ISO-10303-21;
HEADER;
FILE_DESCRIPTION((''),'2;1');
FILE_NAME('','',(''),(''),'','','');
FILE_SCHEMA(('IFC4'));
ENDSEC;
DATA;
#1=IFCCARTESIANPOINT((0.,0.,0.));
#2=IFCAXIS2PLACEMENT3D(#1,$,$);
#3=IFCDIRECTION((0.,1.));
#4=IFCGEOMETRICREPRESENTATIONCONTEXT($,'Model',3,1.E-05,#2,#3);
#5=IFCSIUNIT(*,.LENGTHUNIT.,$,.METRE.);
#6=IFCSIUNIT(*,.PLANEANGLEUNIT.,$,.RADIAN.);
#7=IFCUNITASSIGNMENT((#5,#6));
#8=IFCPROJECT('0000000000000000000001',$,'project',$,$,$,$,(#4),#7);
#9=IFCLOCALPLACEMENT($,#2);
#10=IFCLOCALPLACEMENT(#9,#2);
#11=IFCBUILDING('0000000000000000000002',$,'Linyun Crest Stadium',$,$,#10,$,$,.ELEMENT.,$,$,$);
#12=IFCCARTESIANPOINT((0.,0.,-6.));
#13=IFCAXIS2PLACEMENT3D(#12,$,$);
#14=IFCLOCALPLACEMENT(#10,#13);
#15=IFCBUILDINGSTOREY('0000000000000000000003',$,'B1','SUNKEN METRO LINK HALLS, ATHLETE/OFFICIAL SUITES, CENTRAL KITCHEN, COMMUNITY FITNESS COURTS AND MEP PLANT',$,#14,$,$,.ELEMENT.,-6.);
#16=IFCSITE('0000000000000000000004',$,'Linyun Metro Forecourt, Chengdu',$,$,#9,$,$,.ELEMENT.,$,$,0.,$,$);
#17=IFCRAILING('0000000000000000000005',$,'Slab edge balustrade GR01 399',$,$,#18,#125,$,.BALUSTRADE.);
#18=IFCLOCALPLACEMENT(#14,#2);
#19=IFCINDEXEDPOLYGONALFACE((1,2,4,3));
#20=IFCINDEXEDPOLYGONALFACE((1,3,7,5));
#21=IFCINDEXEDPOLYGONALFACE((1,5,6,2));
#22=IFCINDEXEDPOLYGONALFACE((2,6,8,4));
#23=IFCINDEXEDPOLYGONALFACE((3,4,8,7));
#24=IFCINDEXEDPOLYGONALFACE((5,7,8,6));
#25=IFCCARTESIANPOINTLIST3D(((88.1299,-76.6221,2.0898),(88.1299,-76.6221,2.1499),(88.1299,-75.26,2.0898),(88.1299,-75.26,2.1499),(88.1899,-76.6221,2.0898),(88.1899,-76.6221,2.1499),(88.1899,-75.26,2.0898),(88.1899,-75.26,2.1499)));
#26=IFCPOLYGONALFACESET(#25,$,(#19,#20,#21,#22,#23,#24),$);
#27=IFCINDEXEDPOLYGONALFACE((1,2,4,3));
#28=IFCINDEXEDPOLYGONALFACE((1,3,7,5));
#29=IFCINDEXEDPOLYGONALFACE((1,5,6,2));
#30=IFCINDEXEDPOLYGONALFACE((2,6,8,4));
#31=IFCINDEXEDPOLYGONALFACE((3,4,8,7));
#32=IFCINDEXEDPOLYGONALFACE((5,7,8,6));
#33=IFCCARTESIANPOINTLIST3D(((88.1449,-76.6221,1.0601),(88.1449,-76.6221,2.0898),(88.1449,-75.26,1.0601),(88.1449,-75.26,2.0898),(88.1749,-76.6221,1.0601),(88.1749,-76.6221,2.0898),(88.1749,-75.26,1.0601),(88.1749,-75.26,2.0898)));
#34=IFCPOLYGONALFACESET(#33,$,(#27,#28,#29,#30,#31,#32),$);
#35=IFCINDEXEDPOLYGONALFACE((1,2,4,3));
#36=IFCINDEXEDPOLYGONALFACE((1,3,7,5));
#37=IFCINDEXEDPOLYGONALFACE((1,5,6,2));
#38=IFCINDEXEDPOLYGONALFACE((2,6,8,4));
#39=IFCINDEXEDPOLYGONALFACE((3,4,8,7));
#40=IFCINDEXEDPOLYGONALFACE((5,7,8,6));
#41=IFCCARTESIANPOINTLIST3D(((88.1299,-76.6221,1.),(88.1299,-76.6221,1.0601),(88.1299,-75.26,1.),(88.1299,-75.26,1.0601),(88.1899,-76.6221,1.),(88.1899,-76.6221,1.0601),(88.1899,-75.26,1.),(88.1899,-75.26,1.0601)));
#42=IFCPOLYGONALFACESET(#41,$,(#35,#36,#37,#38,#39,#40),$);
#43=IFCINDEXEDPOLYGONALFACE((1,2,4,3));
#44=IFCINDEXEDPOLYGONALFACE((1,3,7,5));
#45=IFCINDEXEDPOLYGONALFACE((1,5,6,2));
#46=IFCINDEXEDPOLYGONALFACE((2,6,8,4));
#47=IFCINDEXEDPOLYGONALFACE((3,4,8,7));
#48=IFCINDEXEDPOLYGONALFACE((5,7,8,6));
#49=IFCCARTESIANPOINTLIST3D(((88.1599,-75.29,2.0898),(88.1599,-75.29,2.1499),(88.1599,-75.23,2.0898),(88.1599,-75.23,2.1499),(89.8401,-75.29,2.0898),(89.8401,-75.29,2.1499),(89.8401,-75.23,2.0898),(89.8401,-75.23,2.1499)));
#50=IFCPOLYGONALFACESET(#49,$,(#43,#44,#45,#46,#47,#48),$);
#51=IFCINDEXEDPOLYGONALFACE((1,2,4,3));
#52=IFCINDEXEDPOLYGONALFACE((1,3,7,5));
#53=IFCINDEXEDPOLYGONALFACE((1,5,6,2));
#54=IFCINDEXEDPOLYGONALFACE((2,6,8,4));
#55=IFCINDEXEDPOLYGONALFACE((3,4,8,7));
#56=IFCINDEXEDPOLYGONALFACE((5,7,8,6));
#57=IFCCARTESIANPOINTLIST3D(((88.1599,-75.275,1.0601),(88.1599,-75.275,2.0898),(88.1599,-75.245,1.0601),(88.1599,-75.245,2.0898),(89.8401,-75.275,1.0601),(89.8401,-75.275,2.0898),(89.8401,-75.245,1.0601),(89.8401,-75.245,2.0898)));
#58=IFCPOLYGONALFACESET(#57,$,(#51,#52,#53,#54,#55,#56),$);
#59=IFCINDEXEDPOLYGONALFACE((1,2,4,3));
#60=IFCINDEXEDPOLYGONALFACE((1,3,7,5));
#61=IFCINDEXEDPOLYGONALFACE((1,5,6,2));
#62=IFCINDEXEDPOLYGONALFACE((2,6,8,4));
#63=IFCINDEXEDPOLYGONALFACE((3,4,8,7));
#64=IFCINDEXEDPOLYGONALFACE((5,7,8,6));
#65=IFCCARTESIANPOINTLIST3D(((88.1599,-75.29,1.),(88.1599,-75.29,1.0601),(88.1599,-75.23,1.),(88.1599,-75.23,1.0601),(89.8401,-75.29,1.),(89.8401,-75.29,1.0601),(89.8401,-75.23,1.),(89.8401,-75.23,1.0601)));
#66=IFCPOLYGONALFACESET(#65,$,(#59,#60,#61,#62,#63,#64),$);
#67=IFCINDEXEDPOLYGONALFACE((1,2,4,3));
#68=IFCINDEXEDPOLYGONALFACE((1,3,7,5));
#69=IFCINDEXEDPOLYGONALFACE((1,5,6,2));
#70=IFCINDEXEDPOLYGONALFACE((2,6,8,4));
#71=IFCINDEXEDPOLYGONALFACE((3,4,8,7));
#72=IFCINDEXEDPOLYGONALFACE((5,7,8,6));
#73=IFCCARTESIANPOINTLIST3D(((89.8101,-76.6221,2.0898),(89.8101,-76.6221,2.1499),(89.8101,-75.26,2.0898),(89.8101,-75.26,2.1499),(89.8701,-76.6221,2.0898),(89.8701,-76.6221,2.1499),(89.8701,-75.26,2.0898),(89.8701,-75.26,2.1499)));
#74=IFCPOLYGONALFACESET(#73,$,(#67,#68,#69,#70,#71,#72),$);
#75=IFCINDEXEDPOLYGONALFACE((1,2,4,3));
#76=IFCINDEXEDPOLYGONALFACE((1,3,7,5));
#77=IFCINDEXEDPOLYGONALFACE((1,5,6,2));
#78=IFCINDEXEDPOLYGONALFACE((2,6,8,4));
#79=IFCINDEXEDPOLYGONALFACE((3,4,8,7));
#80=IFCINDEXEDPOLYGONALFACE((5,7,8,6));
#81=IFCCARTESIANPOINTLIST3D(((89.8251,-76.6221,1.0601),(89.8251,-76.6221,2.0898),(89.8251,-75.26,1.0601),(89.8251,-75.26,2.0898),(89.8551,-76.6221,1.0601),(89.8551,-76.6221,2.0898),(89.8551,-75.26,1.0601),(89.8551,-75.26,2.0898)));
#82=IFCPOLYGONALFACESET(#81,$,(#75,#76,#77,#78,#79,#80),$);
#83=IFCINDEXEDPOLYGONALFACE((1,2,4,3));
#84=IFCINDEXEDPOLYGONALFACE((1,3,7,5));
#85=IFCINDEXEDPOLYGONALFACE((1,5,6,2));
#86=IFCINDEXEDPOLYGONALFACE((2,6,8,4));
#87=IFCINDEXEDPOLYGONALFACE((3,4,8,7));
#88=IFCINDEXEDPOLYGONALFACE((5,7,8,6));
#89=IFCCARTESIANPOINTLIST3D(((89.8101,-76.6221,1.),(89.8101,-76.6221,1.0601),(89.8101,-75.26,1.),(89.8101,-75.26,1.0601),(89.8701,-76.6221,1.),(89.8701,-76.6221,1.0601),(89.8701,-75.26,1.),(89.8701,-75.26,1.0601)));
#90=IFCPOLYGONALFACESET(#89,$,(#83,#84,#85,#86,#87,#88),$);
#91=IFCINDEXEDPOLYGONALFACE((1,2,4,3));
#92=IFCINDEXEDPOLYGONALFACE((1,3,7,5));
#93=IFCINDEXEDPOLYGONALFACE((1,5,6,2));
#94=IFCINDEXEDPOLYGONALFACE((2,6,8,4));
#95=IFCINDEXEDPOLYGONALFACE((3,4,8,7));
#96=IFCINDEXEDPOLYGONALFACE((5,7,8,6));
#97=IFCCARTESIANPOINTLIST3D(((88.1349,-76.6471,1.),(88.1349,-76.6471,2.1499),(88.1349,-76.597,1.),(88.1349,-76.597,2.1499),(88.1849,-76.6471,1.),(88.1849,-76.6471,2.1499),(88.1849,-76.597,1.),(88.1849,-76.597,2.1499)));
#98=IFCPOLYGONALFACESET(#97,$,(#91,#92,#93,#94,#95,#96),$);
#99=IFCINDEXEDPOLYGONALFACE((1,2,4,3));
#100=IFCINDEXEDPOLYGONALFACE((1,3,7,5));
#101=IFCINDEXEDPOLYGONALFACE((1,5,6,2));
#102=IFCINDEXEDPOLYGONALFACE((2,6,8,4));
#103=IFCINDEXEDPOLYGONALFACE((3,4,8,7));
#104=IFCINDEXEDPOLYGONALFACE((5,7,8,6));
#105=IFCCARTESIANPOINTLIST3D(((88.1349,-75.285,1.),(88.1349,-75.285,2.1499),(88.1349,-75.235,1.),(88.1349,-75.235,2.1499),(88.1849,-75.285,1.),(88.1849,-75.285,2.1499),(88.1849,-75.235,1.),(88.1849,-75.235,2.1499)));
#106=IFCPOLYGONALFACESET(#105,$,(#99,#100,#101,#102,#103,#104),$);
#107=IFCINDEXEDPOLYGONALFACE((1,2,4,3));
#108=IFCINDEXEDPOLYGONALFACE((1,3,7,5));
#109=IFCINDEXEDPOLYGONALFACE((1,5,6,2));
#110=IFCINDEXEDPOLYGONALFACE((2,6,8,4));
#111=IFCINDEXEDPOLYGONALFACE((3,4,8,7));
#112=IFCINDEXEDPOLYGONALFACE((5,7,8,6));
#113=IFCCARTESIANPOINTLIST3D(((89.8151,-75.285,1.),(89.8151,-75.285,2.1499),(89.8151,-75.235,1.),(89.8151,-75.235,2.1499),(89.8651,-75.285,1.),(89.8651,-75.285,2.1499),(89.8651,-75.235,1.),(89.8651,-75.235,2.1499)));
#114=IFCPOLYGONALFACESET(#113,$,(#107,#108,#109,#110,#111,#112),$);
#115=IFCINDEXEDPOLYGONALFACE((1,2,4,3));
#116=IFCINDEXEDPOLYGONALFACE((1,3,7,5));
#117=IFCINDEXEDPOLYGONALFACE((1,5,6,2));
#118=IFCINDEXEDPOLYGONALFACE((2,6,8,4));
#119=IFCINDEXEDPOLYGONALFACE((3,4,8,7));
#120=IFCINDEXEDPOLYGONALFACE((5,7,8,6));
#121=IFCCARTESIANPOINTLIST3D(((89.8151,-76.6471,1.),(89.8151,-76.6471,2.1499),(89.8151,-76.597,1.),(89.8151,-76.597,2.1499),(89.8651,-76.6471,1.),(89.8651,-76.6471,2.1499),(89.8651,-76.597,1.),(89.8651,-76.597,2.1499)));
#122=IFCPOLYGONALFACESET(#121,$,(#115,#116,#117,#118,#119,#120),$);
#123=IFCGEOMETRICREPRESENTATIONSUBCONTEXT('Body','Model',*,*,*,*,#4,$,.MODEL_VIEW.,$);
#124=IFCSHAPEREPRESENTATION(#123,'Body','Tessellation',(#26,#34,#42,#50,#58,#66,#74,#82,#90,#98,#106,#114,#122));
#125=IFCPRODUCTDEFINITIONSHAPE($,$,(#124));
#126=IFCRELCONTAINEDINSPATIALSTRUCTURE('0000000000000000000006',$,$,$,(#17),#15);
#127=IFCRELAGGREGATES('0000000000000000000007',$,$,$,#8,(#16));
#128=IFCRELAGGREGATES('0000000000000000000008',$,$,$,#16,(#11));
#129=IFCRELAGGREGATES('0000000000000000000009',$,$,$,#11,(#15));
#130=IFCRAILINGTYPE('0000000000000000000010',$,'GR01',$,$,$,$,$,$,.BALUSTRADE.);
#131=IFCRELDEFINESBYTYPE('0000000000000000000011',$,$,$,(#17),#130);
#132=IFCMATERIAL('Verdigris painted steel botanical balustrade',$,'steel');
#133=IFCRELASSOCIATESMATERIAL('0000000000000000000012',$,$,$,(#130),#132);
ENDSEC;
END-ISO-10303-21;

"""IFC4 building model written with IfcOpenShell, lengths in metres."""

from ifc_helpers import new_model, si_unit, direction, frame, origin, origin_2d, place, context, subcontext, project, spatial, rectangle, extrude, material, type_object, element, save


model = new_model("IFC4")

# Units and contexts
model_context = context("Model", 3, precision=1e-05, world=origin(), true_north=direction((0.0, 1.0)))
body_context = subcontext(model_context, "Body", "Model", "MODEL_VIEW")
ifc_project = project(units=[si_unit("LENGTHUNIT", "METRE"), si_unit("PLANEANGLEUNIT", "RADIAN")], contexts=[model_context])

# Site, building, storey
site_placement = place(None, origin())
site = spatial("IfcSite", under=ifc_project, at=site_placement, Name="Linyun Metro Forecourt, Chengdu", CompositionType="ELEMENT", RefElevation=0.0)
building_placement = place(site_placement, origin())
building = spatial("IfcBuilding", under=site, at=building_placement, Name="Linyun Crest Stadium", CompositionType="ELEMENT")
storey_placement = place(building_placement, frame((0.0, 0.0, -6.0)))
storey = spatial("IfcBuildingStorey", under=building, at=storey_placement, Name="B1", Description="SUNKEN METRO LINK HALLS, ATHLETE/OFFICIAL SUITES, CENTRAL KITCHEN, COMMUNITY FITNESS COURTS AND MEP PLANT", CompositionType="ELEMENT", Elevation=-6.0)

# Railing
ifc_material_1 = material(Name="Verdigris painted steel botanical balustrade", Category="steel")
railing_type = type_object("IfcRailingType", Name="GR01", PredefinedType="BALUSTRADE", material=ifc_material_1)
railing_placement = place(storey_placement, frame((88.1599, -76.6221, 1.0)))
element("IfcRailing", 1, at=railing_placement, inside=storey, type_object=railing_type, Name="Slab edge balustrade GR01 399", PredefinedType="BALUSTRADE", context=body_context, shape_type="SweptSolid", body=[
    extrude(rectangle(XDim=0.0601, YDim=0.0601, at=origin_2d()), frame((0.0, 0.0, 1.1199), z_axis=(0.0, 1.0, 0.0), x_axis=(-1.0, 0.0, 0.0)), (0.0, 0.0, 1.0), 1.3621),
    extrude(rectangle(XDim=0.03, YDim=1.0298, at=origin_2d()), frame((0.0, 0.0, 0.575), z_axis=(0.0, 1.0, 0.0), x_axis=(-1.0, 0.0, 0.0)), (0.0, 0.0, 1.0), 1.3621),
    extrude(rectangle(XDim=0.0601, YDim=0.0601, at=origin_2d()), frame((0.0, 0.0, 0.03), z_axis=(0.0, 1.0, 0.0), x_axis=(-1.0, 0.0, 0.0)), (0.0, 0.0, 1.0), 1.3621),
    extrude(rectangle(XDim=0.0601, YDim=0.0601, at=origin_2d()), frame((0.0, 1.3621, 1.1199), z_axis=(1.0, 0.0, 0.0), x_axis=(0.0, 1.0, 0.0)), (0.0, 0.0, 1.0), 1.6802),
    extrude(rectangle(XDim=0.03, YDim=1.0298, at=origin_2d()), frame((0.0, 1.3621, 0.575), z_axis=(1.0, 0.0, 0.0), x_axis=(0.0, 1.0, 0.0)), (0.0, 0.0, 1.0), 1.6802),
    extrude(rectangle(XDim=0.0601, YDim=0.0601, at=origin_2d()), frame((0.0, 1.3621, 0.03), z_axis=(1.0, 0.0, 0.0), x_axis=(0.0, 1.0, 0.0)), (0.0, 0.0, 1.0), 1.6802),
    extrude(rectangle(XDim=0.0601, YDim=0.0601, at=origin_2d()), frame((1.6802, 1.3621, 1.1199), z_axis=(0.0, -1.0, 0.0), x_axis=(1.0, 0.0, 0.0)), (0.0, 0.0, 1.0), 1.3621),
    extrude(rectangle(XDim=0.03, YDim=1.0298, at=origin_2d()), frame((1.6802, 1.3621, 0.575), z_axis=(0.0, -1.0, 0.0), x_axis=(1.0, 0.0, 0.0)), (0.0, 0.0, 1.0), 1.3621),
    extrude(rectangle(XDim=0.0601, YDim=0.0601, at=origin_2d()), frame((1.6802, 1.3621, 0.03), z_axis=(0.0, -1.0, 0.0), x_axis=(1.0, 0.0, 0.0)), (0.0, 0.0, 1.0), 1.3621),
    extrude(rectangle(XDim=0.05, YDim=0.05, at=origin_2d()), origin(), (0.0, 0.0, 1.0), 1.1499),
    extrude(rectangle(XDim=0.05, YDim=0.05, at=origin_2d()), frame((0.0, 1.3621, 0.0)), (0.0, 0.0, 1.0), 1.1499),
    extrude(rectangle(XDim=0.05, YDim=0.05, at=origin_2d()), frame((1.6802, 1.3621, 0.0)), (0.0, 0.0, 1.0), 1.1499),
    extrude(rectangle(XDim=0.05, YDim=0.05, at=origin_2d()), frame((1.6802, 0.0, 0.0)), (0.0, 0.0, 1.0), 1.1499),
])

save(model, "model.ifc")
